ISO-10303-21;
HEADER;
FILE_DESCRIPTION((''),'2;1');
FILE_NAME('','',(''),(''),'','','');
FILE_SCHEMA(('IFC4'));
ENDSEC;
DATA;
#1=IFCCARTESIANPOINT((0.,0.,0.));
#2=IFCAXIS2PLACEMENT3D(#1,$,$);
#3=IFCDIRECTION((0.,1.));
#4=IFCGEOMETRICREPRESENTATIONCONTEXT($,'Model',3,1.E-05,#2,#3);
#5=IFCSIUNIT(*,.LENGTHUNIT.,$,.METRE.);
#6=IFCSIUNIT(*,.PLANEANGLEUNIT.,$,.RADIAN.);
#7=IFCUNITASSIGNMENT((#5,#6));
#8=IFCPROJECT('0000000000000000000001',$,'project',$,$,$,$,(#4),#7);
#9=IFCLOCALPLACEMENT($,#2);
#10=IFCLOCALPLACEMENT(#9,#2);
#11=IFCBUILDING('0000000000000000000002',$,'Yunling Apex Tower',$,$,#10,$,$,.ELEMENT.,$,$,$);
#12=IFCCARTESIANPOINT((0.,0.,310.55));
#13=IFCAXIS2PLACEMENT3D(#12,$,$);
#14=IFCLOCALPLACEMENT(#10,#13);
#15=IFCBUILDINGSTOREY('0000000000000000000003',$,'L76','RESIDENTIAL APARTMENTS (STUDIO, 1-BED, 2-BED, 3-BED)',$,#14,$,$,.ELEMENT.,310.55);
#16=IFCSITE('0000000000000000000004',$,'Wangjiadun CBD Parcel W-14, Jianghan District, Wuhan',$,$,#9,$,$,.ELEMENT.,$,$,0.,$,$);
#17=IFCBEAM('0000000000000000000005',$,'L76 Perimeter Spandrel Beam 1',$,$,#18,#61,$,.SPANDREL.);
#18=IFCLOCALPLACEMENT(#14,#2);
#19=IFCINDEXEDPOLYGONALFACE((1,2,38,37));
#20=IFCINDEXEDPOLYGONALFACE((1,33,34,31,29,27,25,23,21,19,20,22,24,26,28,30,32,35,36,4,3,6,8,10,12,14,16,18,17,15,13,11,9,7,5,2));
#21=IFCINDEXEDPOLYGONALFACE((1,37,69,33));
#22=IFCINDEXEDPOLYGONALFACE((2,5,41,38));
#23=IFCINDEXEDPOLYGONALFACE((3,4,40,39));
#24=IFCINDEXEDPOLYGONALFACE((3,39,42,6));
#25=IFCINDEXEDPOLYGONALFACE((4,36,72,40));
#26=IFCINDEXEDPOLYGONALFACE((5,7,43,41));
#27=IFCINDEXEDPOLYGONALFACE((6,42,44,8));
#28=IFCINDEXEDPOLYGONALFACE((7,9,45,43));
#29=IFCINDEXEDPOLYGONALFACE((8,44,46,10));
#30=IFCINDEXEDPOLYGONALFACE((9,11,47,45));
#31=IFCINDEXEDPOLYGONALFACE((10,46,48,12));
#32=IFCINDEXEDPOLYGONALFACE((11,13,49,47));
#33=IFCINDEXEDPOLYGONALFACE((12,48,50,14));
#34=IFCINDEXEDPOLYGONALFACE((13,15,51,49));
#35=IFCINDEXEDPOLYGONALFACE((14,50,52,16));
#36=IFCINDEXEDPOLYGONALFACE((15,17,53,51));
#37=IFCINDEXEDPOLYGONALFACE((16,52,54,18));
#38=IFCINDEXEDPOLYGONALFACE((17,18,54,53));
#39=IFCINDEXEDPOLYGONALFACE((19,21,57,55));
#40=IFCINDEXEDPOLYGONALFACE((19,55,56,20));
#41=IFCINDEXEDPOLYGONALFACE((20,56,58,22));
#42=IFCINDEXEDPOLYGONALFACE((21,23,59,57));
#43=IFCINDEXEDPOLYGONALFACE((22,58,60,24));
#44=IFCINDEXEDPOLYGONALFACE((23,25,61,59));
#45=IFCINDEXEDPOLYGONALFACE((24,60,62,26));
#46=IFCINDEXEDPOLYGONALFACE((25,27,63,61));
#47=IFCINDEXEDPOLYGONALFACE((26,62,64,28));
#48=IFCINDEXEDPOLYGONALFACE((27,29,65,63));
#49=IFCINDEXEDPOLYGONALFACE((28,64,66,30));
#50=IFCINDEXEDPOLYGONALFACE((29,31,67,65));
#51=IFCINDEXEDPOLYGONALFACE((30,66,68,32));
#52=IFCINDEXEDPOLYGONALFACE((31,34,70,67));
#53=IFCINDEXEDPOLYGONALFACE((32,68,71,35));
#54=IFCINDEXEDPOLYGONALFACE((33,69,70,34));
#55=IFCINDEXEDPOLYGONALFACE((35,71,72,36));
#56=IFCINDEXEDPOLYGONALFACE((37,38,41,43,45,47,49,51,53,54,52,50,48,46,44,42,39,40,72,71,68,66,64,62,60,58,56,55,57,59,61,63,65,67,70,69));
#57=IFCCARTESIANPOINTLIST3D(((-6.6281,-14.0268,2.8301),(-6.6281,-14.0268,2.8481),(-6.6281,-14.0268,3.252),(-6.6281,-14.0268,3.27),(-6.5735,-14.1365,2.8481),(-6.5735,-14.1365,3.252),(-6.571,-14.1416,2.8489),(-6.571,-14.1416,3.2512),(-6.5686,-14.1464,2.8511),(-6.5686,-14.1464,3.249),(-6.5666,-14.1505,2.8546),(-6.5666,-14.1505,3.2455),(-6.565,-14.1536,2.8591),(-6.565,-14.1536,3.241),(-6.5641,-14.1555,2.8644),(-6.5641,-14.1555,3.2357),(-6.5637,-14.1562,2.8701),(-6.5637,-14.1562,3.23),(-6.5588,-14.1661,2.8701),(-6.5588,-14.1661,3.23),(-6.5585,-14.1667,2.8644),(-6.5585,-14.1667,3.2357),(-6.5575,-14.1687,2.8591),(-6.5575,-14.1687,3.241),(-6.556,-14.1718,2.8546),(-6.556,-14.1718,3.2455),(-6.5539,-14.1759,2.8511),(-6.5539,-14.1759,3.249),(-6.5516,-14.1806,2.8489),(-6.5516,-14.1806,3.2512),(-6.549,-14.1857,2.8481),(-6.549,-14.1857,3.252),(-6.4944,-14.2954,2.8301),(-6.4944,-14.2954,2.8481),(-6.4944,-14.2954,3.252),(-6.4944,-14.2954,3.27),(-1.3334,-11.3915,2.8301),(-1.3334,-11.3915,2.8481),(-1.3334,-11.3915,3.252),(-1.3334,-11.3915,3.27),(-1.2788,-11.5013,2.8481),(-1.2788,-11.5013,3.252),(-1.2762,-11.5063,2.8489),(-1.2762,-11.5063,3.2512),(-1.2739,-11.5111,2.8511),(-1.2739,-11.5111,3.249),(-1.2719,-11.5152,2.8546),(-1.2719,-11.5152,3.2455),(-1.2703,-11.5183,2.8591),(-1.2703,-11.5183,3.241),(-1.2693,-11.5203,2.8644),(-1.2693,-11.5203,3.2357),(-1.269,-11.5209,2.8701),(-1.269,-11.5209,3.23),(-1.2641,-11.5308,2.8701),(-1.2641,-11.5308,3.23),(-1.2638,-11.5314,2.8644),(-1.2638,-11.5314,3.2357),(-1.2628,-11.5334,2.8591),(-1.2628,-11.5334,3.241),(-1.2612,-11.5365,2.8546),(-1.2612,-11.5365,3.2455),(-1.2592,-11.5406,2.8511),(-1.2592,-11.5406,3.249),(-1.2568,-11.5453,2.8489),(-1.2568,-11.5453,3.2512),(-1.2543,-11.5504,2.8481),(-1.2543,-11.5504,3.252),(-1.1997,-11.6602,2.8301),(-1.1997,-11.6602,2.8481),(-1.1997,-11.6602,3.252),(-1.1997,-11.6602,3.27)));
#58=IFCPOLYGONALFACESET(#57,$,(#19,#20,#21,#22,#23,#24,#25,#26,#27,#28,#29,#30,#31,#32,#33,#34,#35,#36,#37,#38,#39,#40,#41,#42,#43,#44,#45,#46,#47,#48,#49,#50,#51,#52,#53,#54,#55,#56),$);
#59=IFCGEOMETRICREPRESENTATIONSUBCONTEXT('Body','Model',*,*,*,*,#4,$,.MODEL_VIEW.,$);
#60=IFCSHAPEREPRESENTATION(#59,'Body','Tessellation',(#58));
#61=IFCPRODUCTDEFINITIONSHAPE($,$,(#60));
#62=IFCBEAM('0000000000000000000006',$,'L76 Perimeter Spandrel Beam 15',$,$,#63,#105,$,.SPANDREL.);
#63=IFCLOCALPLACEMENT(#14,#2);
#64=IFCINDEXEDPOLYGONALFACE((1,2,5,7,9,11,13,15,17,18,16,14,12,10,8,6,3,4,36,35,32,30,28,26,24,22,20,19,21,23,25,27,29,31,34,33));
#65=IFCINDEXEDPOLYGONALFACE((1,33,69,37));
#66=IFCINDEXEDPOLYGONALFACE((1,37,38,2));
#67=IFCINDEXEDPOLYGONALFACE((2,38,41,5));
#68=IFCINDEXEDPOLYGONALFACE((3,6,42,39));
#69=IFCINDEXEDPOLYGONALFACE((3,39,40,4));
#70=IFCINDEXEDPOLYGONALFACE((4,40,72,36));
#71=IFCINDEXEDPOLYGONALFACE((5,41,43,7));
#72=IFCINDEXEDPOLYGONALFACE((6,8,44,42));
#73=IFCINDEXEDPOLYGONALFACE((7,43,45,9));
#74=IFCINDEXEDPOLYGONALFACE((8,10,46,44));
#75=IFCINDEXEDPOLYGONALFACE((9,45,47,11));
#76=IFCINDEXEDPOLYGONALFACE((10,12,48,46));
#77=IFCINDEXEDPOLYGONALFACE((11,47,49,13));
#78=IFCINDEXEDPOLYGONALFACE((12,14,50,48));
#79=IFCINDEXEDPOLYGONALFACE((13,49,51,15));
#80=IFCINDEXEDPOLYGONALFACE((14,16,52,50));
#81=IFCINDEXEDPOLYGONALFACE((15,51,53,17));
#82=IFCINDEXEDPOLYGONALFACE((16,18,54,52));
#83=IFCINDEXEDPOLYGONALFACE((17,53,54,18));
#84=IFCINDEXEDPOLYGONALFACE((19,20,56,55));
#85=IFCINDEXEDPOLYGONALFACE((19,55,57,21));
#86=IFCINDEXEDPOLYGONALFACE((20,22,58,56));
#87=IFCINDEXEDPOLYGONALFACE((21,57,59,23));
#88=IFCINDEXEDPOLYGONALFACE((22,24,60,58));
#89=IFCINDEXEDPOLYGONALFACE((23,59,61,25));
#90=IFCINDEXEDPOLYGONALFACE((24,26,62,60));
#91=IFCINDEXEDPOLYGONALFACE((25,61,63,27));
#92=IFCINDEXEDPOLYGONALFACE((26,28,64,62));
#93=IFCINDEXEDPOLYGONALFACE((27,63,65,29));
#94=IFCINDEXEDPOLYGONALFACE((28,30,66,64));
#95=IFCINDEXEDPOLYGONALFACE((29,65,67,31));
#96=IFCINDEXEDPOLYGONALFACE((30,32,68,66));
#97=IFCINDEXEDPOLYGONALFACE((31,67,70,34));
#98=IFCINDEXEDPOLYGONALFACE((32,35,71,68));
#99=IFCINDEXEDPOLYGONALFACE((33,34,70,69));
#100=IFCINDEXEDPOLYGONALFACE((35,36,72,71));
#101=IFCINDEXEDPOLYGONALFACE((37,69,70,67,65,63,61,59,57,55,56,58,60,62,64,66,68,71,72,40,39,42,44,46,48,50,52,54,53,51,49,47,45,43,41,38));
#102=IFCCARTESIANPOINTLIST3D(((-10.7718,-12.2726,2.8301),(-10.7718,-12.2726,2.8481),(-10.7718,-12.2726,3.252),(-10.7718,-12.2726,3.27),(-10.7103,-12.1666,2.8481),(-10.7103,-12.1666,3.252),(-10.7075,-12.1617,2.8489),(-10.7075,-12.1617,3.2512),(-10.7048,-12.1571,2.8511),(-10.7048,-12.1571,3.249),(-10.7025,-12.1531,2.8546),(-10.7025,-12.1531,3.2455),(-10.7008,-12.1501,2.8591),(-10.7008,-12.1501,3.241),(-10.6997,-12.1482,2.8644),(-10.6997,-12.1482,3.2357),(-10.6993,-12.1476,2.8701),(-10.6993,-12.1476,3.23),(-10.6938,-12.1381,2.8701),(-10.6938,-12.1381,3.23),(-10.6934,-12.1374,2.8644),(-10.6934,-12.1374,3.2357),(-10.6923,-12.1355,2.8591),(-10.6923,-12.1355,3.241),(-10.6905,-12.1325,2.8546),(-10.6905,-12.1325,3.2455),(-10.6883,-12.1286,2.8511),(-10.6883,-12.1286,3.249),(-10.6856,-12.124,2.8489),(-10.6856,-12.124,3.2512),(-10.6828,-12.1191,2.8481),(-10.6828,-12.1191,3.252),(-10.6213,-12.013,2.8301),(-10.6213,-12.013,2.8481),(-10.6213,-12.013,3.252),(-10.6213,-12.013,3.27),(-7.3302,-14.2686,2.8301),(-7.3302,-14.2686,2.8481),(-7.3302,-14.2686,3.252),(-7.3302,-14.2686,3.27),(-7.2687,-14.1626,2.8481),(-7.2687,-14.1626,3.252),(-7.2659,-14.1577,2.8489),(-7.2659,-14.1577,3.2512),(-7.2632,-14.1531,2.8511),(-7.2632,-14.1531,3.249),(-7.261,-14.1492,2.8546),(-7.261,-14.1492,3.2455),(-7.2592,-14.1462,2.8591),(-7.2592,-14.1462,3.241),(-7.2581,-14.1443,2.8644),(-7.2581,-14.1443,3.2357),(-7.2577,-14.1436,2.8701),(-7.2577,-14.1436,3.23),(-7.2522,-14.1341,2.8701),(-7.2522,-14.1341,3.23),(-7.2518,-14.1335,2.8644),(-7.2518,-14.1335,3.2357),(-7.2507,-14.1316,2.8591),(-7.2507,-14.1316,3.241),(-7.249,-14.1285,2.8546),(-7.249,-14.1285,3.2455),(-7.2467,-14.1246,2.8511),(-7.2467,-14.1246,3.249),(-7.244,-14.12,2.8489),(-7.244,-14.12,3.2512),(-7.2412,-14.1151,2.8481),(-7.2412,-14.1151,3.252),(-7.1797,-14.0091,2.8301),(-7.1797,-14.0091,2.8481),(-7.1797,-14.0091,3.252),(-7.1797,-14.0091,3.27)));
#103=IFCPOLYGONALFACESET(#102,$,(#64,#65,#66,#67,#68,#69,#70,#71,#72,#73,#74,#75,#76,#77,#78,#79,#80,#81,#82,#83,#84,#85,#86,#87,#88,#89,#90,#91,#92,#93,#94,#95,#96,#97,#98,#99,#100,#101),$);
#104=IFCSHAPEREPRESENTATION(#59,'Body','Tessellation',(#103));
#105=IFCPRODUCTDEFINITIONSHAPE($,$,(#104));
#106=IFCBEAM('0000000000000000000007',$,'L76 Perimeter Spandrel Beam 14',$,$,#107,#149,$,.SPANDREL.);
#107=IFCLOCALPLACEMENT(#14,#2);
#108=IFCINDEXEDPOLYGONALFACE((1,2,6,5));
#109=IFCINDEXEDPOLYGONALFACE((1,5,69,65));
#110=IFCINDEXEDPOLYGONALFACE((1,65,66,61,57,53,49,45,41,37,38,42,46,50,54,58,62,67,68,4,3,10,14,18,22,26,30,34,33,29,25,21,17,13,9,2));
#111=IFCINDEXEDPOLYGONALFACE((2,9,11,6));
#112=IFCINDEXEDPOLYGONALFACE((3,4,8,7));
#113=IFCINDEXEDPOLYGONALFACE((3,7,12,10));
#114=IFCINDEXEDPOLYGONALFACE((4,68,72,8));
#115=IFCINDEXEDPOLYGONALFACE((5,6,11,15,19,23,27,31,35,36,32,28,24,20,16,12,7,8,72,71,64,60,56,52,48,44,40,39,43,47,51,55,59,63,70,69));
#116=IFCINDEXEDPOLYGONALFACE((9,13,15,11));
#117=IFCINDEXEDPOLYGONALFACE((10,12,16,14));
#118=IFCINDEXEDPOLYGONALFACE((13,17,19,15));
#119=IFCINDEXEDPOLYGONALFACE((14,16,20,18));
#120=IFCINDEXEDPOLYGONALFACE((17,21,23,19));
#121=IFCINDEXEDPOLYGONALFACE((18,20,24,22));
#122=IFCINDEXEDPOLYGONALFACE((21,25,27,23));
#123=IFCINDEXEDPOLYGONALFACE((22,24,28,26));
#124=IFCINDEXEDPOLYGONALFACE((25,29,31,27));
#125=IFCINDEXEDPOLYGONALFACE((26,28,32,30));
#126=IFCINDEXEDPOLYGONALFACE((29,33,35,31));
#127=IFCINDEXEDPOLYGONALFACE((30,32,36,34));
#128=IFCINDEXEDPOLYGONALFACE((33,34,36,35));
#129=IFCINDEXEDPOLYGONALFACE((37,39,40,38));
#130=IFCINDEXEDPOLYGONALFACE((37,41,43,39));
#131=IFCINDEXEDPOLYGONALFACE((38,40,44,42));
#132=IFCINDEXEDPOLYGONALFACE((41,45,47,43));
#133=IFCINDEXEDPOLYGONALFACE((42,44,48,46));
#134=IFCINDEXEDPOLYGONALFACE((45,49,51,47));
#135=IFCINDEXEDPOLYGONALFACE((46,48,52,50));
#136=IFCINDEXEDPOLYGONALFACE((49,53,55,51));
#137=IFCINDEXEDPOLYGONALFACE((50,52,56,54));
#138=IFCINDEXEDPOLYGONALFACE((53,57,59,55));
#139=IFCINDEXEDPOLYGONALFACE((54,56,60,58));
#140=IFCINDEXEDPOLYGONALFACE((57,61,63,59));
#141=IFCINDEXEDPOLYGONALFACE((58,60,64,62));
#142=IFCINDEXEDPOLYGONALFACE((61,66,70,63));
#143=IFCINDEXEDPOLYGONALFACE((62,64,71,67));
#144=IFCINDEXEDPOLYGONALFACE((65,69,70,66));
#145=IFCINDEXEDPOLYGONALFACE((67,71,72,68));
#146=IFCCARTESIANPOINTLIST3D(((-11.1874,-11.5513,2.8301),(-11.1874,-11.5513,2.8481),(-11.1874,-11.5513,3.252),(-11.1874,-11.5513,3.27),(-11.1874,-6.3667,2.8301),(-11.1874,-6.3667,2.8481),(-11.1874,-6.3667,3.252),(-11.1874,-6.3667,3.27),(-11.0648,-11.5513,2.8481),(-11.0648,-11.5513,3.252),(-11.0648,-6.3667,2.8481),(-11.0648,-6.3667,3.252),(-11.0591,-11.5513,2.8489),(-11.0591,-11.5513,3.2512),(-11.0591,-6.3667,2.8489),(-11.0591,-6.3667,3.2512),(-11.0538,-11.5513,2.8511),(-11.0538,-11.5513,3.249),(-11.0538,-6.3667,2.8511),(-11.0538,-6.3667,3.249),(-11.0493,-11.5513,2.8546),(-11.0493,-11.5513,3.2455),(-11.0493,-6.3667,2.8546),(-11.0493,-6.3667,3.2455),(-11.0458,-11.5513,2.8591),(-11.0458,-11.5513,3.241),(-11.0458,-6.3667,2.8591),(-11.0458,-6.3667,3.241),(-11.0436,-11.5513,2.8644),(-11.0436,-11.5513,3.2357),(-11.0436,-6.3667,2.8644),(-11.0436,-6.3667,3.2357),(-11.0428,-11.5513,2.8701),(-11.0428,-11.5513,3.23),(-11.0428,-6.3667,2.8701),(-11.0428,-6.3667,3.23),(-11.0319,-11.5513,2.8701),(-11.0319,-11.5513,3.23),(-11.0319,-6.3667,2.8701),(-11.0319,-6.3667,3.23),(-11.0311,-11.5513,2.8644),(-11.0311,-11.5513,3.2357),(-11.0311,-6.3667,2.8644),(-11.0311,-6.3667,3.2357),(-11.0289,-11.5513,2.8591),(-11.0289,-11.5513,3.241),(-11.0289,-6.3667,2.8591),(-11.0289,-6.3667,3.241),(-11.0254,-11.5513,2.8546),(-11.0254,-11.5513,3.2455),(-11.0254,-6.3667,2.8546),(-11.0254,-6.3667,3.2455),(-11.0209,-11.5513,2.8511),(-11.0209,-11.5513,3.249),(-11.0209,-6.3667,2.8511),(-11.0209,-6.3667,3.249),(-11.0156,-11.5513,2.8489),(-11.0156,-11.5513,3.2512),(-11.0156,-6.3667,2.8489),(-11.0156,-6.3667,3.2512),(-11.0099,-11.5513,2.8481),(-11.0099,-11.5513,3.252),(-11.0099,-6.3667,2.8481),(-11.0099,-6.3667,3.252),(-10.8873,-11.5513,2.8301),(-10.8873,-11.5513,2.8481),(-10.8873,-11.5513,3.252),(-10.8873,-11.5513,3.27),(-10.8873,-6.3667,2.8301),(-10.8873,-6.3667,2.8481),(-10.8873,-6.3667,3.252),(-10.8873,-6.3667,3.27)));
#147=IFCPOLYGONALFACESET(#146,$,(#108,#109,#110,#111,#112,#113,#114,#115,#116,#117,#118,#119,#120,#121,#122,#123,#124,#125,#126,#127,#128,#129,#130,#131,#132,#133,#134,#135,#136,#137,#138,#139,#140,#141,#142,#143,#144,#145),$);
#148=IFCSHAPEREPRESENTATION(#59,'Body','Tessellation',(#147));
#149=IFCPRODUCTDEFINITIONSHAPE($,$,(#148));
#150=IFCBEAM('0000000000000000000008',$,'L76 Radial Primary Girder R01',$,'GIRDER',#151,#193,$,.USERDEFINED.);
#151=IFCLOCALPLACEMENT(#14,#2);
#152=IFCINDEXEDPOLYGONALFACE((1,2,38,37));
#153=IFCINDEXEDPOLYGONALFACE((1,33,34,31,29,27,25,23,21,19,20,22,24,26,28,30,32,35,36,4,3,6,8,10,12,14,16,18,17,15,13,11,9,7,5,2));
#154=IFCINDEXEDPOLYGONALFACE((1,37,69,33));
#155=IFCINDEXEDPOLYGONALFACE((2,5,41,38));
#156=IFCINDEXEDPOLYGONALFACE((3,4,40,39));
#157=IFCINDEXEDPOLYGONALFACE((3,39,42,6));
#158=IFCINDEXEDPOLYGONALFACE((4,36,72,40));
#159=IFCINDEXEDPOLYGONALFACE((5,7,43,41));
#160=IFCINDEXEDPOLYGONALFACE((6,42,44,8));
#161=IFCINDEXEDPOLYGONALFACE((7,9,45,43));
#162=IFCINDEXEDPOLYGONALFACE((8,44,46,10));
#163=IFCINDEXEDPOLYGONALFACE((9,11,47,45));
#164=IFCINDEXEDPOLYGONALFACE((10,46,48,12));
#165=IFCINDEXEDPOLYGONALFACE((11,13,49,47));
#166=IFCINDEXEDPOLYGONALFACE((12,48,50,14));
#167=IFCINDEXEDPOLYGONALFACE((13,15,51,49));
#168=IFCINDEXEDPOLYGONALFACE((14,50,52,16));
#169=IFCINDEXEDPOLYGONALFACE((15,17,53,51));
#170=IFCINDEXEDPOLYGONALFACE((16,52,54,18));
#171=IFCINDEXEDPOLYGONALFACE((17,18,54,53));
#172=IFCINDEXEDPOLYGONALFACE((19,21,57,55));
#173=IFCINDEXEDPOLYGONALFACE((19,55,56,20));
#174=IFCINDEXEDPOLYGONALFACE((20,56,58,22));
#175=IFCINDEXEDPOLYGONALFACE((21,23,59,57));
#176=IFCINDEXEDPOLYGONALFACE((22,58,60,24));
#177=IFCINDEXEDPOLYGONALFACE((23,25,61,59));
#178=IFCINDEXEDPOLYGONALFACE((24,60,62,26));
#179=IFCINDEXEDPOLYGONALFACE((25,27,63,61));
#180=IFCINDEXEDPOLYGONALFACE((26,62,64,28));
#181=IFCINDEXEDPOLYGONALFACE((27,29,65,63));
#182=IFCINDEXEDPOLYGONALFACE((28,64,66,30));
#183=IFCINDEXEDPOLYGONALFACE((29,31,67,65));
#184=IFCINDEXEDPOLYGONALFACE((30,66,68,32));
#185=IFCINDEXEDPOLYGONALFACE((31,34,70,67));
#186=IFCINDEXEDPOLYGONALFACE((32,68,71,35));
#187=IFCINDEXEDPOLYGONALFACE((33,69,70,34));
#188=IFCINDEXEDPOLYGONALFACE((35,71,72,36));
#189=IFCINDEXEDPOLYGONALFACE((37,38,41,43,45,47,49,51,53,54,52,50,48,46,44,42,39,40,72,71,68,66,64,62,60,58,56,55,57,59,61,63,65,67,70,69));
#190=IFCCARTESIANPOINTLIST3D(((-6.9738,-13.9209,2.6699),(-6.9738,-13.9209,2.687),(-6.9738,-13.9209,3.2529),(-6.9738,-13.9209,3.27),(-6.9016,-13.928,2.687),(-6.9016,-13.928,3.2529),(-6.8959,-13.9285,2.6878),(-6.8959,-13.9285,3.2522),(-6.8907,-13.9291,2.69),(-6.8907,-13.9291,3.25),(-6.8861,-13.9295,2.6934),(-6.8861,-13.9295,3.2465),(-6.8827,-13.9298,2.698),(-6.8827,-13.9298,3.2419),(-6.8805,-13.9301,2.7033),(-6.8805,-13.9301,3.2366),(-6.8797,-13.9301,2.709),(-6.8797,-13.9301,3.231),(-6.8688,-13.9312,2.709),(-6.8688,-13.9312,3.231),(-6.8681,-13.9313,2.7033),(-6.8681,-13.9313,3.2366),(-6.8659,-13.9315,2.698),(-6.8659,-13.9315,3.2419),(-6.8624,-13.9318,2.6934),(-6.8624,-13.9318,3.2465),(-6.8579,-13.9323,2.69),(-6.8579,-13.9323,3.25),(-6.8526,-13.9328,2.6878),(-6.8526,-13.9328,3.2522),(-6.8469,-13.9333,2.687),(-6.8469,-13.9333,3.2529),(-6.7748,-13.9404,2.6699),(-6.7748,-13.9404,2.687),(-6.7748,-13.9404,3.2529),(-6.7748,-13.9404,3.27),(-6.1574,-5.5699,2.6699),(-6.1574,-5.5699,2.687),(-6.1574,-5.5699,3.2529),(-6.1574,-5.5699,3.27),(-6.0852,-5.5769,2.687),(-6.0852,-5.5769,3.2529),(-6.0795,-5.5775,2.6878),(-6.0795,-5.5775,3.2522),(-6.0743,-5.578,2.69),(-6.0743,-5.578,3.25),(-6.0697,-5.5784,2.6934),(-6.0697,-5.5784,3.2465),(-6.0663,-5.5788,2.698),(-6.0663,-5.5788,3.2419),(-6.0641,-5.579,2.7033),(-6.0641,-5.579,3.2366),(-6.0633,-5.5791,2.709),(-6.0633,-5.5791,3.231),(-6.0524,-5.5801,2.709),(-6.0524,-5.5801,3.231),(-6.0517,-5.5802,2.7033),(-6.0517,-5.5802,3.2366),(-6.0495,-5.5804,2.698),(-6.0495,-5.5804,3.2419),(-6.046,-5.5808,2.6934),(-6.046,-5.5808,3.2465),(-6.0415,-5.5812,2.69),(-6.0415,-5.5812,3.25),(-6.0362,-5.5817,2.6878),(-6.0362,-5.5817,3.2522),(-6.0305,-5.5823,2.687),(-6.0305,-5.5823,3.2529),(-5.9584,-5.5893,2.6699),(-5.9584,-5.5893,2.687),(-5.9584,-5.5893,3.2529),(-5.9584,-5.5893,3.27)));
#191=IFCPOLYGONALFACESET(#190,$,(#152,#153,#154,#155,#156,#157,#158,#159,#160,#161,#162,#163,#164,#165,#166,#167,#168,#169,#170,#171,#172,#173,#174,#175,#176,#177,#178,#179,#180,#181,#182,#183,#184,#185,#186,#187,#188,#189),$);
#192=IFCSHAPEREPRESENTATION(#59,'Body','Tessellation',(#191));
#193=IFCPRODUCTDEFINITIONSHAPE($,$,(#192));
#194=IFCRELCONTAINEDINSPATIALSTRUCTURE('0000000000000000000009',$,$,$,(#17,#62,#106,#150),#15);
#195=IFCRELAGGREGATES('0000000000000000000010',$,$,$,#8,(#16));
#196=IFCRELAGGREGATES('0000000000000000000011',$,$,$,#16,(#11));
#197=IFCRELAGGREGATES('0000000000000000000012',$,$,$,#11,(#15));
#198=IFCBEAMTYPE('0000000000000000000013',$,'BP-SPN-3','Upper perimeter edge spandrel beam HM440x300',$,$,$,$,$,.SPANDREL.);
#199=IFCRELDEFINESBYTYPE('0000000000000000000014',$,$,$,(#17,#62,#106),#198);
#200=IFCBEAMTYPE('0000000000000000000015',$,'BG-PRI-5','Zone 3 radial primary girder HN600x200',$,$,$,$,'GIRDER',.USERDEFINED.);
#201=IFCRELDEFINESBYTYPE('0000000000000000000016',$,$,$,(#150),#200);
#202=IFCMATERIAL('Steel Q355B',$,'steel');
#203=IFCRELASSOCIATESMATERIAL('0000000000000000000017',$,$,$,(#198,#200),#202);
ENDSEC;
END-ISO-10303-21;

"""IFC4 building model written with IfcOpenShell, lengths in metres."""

from ifc_helpers import new_model, si_unit, direction, frame, origin, origin_2d, place, context, subcontext, project, spatial, i_section, extrude, source, transform, mapped, material, material_profile, profile_set, type_object, element, save


model = new_model("IFC4")

# Units and contexts
model_context = context("Model", 3, precision=1e-05, world=origin(), true_north=direction((0.0, 1.0)))
body_context = subcontext(model_context, "Body", "Model", "MODEL_VIEW")
ifc_project = project(units=[si_unit("LENGTHUNIT", "METRE"), si_unit("PLANEANGLEUNIT", "RADIAN")], contexts=[model_context])

# Site, building, storey
site_placement = place(None, origin())
site = spatial("IfcSite", under=ifc_project, at=site_placement, Name="Wangjiadun CBD Parcel W-14, Jianghan District, Wuhan", CompositionType="ELEMENT", RefElevation=0.0)
building_placement = place(site_placement, origin())
building = spatial("IfcBuilding", under=site, at=building_placement, Name="Yunling Apex Tower", CompositionType="ELEMENT")
storey_placement = place(building_placement, frame((0.0, 0.0, 310.55)))
storey = spatial("IfcBuildingStorey", under=building, at=storey_placement, Name="L76", Description="RESIDENTIAL APARTMENTS (STUDIO, 1-BED, 2-BED, 3-BED)", CompositionType="ELEMENT", Elevation=310.55)

# Shared definitions
ifc_material_1 = material(Name="Steel Q355B", Category="steel")

# Beams
ifc_material_profile_1 = material_profile(ifc_material_1, i_section(OverallWidth=0.3, OverallDepth=0.4399, WebThickness=0.011, FlangeThickness=0.0181, FilletRadius=0.022, at=origin_2d()))
ifc_profile_set_1 = profile_set([ifc_material_profile_1], Name="Steel Q355B")
beam_type_1 = type_object("IfcBeamType", Name="BP-SPN-3", Description="Upper perimeter edge spandrel beam HM440x300", PredefinedType="SPANDREL", material=ifc_profile_set_1)
shared_shape_1 = source(origin(), body_context, "Body", "SweptSolid", [
    extrude(i_section(OverallWidth=0.3, OverallDepth=0.4399, WebThickness=0.011, FlangeThickness=0.0181, FilletRadius=0.022, at=origin_2d()), origin(), (0.0, 0.0, 1.0), 5.9143),
])
beam_1_placement = place(storey_placement, frame((-6.5613, -14.1611, 3.05), z_axis=(0.895243, 0.445578, 0.0), x_axis=(-0.445578, 0.895243, 0.0)))
element("IfcBeam", 1, at=beam_1_placement, inside=storey, type_object=beam_type_1, Name="L76 Perimeter Spandrel Beam 1", PredefinedType="SPANDREL", context=body_context, shape_type="MappedRepresentation", body=[
    mapped(shared_shape_1, transform((0.0, 0.0, 0.0), scale=1.0)),
])
shared_shape_2 = source(origin(), body_context, "Body", "SweptSolid", [
    extrude(i_section(OverallWidth=0.3, OverallDepth=0.4399, WebThickness=0.011, FlangeThickness=0.0181, FilletRadius=0.022, at=origin_2d()), origin(), (0.0, 0.0, 1.0), 3.9785),
])
beam_2_placement = place(storey_placement, frame((-10.6965, -12.1428, 3.05), z_axis=(0.865038, -0.501706, 0.0), x_axis=(0.501706, 0.865038, 0.0)))
element("IfcBeam", 2, at=beam_2_placement, inside=storey, type_object=beam_type_1, Name="L76 Perimeter Spandrel Beam 15", PredefinedType="SPANDREL", context=body_context, shape_type="MappedRepresentation", body=[
    mapped(shared_shape_2, transform((0.0, 0.0, 0.0), scale=1.0)),
])
shared_shape_3 = source(origin(), body_context, "Body", "SweptSolid", [
    extrude(i_section(OverallWidth=0.3, OverallDepth=0.4399, WebThickness=0.011, FlangeThickness=0.0181, FilletRadius=0.022, at=origin_2d()), origin(), (0.0, 0.0, 1.0), 5.1846),
])
beam_3_placement = place(storey_placement, frame((-11.0374, -6.3667, 3.05), z_axis=(0.0, -1.0, 0.0), x_axis=(1.0, 0.0, 0.0)))
element("IfcBeam", 3, at=beam_3_placement, inside=storey, type_object=beam_type_1, Name="L76 Perimeter Spandrel Beam 14", PredefinedType="SPANDREL", context=body_context, shape_type="MappedRepresentation", body=[
    mapped(shared_shape_3, transform((0.0, 0.0, 0.0), scale=1.0)),
])
ifc_material_profile_2 = material_profile(ifc_material_1, i_section(OverallWidth=0.2, OverallDepth=0.6001, WebThickness=0.011, FlangeThickness=0.0171, FilletRadius=0.022, at=origin_2d()))
ifc_profile_set_2 = profile_set([ifc_material_profile_2], Name="Steel Q355B")
beam_type_2 = type_object("IfcBeamType", Name="BG-PRI-5", Description="Zone 3 radial primary girder HN600x200", ElementType="GIRDER", PredefinedType="USERDEFINED", material=ifc_profile_set_2)
shared_shape_4 = source(origin(), body_context, "Body", "SweptSolid", [
    extrude(i_section(OverallWidth=0.2, OverallDepth=0.6001, WebThickness=0.011, FlangeThickness=0.0171, FilletRadius=0.022, at=origin_2d()), origin(), (0.0, 0.0, 1.0), 8.3909),
])
beam_4_placement = place(storey_placement, frame((-6.8743, -13.9307, 2.97), z_axis=(0.097297, 0.995255, 0.0), x_axis=(-0.995255, 0.097297, 0.0)))
element("IfcBeam", 4, at=beam_4_placement, inside=storey, type_object=beam_type_2, Name="L76 Radial Primary Girder R01", ObjectType="GIRDER", PredefinedType="USERDEFINED", context=body_context, shape_type="MappedRepresentation", body=[
    mapped(shared_shape_4, transform((0.0, 0.0, 0.0), scale=1.0)),
])

save(model, "model.ifc")
